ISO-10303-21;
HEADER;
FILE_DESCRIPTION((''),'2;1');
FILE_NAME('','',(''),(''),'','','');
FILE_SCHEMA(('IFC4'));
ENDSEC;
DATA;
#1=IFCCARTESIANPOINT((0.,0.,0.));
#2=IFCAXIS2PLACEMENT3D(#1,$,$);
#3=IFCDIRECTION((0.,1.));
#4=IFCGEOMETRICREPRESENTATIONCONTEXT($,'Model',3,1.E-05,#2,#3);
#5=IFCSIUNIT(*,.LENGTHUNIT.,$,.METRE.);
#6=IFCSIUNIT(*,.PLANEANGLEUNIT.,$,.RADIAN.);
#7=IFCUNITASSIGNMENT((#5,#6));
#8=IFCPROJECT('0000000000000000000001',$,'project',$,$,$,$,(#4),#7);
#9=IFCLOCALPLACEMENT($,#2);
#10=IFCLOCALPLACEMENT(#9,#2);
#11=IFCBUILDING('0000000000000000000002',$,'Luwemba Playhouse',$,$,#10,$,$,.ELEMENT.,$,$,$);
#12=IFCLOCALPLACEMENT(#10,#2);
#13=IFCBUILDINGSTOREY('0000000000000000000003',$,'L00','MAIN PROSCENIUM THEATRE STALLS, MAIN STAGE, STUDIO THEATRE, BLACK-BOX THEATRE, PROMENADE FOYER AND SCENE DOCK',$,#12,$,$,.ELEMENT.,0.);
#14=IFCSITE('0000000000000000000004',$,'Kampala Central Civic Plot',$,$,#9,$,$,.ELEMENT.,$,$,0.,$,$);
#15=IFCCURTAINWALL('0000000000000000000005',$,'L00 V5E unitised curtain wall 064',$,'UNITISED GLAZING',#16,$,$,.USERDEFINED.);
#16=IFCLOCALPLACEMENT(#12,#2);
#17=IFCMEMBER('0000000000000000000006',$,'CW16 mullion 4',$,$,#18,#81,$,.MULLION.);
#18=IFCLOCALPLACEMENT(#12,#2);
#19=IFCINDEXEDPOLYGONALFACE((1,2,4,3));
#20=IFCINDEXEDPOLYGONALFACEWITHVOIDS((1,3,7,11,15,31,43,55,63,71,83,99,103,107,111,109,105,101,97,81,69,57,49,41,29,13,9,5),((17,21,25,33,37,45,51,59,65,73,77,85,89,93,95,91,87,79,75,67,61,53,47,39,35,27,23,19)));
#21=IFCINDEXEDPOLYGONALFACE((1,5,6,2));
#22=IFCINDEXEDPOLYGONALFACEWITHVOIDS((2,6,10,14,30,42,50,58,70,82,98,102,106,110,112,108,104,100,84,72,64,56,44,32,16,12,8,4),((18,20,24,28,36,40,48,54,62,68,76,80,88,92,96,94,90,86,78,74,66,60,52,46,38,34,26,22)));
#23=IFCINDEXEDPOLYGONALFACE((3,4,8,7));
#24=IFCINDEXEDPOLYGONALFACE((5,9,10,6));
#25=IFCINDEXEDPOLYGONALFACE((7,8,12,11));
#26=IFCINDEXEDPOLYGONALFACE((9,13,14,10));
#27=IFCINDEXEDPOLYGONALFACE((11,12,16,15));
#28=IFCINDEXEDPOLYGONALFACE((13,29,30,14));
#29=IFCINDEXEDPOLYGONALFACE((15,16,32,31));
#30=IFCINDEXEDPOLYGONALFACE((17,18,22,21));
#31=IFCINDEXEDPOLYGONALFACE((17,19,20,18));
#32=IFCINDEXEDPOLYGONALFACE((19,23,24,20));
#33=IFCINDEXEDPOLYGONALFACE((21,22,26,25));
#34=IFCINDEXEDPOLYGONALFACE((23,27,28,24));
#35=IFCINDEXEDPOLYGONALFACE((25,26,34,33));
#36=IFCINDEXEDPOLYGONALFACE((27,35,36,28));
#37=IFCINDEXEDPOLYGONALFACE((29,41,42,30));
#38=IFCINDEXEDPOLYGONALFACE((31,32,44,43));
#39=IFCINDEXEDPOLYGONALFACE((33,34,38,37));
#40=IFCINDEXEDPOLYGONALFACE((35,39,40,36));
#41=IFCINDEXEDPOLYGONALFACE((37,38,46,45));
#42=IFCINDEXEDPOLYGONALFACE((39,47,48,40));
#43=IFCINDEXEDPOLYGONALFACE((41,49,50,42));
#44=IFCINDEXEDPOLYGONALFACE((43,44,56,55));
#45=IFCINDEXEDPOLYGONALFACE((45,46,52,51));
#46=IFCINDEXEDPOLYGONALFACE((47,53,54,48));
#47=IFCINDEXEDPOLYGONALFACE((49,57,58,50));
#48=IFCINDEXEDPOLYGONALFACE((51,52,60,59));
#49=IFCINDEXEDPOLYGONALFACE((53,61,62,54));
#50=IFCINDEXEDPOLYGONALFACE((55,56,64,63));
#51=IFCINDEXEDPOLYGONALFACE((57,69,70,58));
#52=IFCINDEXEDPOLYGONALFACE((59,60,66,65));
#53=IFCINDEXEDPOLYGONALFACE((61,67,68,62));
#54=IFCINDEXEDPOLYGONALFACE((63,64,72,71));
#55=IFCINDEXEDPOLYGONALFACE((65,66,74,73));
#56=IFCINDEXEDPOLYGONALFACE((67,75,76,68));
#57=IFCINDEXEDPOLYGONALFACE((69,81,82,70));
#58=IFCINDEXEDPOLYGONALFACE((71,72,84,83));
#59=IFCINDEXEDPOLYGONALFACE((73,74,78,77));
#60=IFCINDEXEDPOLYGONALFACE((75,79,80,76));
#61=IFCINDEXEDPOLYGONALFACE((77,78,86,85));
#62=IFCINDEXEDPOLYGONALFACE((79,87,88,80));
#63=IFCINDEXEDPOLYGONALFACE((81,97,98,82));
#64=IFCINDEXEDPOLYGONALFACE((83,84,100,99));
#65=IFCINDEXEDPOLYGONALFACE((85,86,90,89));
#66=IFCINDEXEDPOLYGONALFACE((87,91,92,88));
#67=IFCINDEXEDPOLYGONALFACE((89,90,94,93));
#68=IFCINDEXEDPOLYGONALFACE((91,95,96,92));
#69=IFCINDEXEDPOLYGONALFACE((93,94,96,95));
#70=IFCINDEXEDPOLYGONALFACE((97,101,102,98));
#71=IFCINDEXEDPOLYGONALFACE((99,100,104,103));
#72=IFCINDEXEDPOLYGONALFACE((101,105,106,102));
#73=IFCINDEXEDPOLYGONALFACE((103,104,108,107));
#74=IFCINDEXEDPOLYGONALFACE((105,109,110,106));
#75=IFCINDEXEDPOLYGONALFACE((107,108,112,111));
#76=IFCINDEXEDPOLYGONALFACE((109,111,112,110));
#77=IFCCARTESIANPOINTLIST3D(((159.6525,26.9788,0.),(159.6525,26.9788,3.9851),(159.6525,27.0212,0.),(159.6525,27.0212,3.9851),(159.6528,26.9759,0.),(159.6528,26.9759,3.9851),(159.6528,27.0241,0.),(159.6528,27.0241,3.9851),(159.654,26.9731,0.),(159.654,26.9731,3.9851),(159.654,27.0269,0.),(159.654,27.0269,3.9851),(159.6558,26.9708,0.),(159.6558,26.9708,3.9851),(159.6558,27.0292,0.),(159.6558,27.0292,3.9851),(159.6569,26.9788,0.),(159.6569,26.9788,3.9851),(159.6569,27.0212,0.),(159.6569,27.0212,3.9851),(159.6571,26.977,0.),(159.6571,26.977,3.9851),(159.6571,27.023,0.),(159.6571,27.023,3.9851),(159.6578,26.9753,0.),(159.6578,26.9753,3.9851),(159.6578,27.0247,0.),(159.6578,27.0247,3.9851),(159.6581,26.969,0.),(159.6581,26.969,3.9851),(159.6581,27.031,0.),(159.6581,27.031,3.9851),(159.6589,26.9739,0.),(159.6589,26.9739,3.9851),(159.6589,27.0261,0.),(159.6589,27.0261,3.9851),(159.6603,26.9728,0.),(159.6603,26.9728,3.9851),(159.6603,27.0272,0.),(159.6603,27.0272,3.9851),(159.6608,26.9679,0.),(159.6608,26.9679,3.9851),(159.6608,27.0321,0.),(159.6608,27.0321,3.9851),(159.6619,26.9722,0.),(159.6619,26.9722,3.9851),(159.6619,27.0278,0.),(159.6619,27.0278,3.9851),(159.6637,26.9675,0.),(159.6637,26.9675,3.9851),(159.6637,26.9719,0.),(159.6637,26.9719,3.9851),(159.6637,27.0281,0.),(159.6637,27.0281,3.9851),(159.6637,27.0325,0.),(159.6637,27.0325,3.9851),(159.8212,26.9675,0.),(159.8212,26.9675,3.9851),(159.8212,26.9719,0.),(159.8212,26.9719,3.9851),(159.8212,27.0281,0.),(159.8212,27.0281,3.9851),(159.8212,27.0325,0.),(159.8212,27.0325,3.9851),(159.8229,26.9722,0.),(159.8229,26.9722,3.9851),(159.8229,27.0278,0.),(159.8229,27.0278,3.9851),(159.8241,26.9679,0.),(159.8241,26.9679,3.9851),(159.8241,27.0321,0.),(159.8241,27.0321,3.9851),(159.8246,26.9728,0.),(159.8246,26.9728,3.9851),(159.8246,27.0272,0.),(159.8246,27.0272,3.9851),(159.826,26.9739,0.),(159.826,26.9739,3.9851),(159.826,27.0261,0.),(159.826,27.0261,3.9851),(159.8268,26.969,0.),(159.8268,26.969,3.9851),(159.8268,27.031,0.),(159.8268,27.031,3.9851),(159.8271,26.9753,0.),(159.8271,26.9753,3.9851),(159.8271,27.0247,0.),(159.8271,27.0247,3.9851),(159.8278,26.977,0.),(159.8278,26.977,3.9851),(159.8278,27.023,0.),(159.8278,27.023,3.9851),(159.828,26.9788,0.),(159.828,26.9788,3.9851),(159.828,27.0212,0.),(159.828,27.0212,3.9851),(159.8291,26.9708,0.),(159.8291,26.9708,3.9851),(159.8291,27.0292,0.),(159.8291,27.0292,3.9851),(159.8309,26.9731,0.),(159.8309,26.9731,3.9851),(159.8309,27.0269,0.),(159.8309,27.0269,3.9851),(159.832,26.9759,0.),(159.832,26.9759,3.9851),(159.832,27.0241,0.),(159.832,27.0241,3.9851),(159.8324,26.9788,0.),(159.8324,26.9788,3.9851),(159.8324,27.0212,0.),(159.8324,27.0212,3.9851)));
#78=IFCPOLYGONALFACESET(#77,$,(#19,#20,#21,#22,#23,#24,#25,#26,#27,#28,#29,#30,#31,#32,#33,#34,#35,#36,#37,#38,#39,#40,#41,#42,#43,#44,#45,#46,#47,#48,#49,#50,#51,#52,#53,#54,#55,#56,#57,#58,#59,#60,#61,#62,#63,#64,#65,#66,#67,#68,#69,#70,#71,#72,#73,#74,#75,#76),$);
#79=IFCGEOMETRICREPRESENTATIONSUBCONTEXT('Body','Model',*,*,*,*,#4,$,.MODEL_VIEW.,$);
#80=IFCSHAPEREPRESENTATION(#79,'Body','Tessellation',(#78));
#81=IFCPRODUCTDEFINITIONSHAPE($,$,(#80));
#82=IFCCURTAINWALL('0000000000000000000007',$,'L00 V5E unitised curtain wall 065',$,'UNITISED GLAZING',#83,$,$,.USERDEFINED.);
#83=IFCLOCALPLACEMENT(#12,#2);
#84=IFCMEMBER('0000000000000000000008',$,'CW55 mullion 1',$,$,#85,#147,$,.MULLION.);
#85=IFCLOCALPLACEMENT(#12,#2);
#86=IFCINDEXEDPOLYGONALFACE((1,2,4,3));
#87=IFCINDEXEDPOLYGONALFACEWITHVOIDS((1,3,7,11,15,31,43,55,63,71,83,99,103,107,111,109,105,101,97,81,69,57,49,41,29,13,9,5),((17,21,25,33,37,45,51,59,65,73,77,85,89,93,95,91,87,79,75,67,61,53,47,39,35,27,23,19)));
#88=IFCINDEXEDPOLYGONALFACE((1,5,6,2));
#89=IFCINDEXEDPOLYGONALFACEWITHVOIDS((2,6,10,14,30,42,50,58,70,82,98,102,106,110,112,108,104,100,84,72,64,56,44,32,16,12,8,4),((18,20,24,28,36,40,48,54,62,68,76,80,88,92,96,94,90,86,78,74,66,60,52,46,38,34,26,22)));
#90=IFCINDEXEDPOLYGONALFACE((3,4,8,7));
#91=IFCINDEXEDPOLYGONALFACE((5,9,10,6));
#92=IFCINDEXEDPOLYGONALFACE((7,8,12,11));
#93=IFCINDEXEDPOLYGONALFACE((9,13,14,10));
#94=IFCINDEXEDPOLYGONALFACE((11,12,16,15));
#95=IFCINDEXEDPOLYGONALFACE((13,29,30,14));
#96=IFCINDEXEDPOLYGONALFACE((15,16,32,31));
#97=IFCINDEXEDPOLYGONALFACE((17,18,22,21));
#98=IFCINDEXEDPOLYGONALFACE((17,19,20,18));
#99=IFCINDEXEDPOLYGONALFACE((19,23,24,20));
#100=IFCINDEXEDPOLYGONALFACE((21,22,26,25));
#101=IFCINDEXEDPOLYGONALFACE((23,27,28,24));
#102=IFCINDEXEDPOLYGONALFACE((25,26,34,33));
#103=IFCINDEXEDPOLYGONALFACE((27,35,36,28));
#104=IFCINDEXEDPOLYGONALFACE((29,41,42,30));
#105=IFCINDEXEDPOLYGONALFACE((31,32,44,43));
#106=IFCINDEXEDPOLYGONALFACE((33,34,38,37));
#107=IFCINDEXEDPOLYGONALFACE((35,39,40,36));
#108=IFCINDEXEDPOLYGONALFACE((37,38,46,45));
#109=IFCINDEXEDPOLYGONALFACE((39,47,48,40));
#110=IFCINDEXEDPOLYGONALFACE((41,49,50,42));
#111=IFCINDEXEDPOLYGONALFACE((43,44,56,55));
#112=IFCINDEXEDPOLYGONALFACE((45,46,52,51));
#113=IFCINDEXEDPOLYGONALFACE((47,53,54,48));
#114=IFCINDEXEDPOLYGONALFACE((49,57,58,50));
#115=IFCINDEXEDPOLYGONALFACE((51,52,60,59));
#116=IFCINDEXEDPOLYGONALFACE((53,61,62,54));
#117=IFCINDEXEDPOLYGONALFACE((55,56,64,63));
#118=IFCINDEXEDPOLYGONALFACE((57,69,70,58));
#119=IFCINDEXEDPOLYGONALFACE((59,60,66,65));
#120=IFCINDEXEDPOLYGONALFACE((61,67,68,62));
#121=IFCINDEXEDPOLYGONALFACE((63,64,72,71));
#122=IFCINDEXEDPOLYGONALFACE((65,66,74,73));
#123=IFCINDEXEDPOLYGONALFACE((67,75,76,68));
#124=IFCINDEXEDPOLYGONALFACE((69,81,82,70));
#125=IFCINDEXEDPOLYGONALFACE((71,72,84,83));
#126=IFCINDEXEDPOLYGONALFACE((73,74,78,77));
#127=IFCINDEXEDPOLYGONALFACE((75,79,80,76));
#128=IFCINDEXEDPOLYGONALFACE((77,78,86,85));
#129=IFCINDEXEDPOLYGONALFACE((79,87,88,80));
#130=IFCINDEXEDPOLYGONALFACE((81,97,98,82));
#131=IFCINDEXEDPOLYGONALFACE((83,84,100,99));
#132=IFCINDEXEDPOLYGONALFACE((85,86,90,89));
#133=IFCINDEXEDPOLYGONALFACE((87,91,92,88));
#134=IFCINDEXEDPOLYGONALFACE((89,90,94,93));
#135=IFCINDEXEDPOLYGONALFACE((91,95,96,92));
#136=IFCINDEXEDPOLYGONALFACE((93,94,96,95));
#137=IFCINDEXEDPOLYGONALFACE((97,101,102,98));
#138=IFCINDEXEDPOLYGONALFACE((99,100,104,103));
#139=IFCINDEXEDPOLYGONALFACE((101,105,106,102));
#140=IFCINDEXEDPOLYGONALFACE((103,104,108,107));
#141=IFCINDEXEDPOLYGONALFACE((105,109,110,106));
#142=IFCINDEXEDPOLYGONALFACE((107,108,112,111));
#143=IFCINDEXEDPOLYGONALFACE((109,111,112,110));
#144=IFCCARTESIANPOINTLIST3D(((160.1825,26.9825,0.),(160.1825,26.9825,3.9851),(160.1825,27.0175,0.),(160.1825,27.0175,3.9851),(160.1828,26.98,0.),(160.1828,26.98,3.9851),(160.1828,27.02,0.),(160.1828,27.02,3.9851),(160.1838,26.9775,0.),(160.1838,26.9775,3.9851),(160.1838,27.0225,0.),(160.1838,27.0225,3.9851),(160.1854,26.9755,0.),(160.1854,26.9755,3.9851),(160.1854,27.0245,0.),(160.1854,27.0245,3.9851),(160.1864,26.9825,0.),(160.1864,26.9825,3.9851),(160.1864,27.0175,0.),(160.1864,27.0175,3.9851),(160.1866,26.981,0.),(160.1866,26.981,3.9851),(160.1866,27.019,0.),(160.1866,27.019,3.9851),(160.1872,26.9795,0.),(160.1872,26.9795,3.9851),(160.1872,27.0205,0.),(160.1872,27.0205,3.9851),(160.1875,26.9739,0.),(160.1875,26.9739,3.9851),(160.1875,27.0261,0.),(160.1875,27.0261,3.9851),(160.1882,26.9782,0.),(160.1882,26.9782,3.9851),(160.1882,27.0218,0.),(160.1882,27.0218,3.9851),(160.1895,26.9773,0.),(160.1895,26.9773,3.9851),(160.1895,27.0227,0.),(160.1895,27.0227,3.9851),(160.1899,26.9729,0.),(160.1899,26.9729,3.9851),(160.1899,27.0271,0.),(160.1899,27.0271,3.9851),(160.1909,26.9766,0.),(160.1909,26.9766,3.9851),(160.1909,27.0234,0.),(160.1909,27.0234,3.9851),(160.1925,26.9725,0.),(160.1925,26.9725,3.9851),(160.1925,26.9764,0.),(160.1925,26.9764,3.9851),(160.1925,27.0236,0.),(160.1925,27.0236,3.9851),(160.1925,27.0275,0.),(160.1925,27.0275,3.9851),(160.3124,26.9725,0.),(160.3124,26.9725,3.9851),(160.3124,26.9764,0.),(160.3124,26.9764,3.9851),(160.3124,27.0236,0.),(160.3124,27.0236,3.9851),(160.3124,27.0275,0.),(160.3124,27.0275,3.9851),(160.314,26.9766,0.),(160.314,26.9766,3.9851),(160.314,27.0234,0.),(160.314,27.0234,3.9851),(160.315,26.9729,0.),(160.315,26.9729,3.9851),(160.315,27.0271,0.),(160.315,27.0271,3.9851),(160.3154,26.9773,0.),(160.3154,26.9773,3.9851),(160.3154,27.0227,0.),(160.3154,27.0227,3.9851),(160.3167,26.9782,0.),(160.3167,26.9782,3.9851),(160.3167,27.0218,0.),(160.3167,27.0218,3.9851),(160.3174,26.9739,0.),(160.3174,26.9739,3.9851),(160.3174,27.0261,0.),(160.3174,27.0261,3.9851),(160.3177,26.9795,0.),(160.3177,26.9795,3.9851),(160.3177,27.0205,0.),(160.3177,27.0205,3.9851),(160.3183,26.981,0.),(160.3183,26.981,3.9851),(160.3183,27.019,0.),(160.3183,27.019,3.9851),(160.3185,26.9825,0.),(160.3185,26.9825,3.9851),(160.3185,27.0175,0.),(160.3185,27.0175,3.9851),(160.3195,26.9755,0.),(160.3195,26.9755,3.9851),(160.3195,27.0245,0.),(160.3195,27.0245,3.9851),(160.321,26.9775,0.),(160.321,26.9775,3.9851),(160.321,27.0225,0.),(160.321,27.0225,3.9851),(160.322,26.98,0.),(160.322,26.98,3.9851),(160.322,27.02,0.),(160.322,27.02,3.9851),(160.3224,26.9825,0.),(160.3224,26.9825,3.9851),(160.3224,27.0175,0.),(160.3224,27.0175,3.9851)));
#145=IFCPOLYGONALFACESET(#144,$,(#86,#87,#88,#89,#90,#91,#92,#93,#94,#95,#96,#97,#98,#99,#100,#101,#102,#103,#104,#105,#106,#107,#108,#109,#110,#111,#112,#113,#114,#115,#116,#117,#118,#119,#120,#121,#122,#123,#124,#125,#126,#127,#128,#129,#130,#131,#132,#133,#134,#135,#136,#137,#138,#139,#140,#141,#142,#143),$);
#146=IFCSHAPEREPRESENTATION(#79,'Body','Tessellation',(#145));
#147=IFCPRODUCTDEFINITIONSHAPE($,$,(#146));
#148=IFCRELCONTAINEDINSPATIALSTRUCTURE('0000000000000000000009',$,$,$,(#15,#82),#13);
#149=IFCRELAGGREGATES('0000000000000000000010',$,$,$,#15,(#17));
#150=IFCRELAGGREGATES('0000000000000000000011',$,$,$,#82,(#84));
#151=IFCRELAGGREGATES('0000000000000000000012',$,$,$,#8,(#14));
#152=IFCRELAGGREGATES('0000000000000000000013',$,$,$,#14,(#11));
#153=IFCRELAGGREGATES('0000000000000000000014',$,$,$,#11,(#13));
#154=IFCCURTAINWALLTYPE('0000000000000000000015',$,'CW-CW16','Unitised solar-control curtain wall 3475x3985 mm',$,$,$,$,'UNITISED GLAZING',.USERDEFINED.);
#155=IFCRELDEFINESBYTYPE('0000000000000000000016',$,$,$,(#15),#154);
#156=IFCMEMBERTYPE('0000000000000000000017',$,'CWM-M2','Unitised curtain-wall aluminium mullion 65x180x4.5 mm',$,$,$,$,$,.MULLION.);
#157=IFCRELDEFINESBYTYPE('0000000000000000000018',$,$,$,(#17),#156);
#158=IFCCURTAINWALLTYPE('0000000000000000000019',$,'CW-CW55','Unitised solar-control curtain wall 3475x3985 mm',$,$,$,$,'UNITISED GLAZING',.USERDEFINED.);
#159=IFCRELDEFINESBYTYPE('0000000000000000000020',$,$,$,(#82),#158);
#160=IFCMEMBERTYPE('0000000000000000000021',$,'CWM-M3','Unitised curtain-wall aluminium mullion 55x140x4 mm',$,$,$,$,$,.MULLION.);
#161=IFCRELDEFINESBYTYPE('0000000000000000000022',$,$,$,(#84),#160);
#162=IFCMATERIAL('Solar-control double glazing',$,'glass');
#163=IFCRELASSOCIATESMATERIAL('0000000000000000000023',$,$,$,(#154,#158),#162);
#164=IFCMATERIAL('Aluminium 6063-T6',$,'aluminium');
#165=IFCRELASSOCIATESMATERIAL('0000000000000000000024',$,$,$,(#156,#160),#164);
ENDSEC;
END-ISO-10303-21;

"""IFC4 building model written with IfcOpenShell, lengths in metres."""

from ifc_helpers import new_model, si_unit, direction, frame, origin, origin_2d, place, context, subcontext, project, spatial, hollow_rectangle, extrude, material, material_profile, profile_set, type_object, element, aggregate, save


model = new_model("IFC4")

# Units and contexts
model_context = context("Model", 3, precision=1e-05, world=origin(), true_north=direction((0.0, 1.0)))
body_context = subcontext(model_context, "Body", "Model", "MODEL_VIEW")
ifc_project = project(units=[si_unit("LENGTHUNIT", "METRE"), si_unit("PLANEANGLEUNIT", "RADIAN")], contexts=[model_context])

# Site, building, storey
site_placement = place(None, origin())
site = spatial("IfcSite", under=ifc_project, at=site_placement, Name="Kampala Central Civic Plot", CompositionType="ELEMENT", RefElevation=0.0)
building_placement = place(site_placement, origin())
building = spatial("IfcBuilding", under=site, at=building_placement, Name="Luwemba Playhouse", CompositionType="ELEMENT")
storey_placement = place(building_placement, origin())
storey = spatial("IfcBuildingStorey", under=building, at=storey_placement, Name="L00", Description="MAIN PROSCENIUM THEATRE STALLS, MAIN STAGE, STUDIO THEATRE, BLACK-BOX THEATRE, PROMENADE FOYER AND SCENE DOCK", CompositionType="ELEMENT", Elevation=0.0)

# Shared definitions
ifc_material_1 = material(Name="Solar-control double glazing", Category="glass")
ifc_material_2 = material(Name="Aluminium 6063-T6", Category="aluminium")

# Curtain wall, member
curtain_wall_type_1 = type_object("IfcCurtainWallType", Name="CW-CW16", Description="Unitised solar-control curtain wall 3475x3985 mm", ElementType="UNITISED GLAZING", PredefinedType="USERDEFINED", material=ifc_material_1)
curtain_wall_1_placement = place(storey_placement, origin())
curtain_wall_1 = element("IfcCurtainWall", 1, at=curtain_wall_1_placement, inside=storey, type_object=curtain_wall_type_1, Name="L00 V5E unitised curtain wall 064", ObjectType="UNITISED GLAZING", PredefinedType="USERDEFINED")
ifc_material_profile_1 = material_profile(ifc_material_2, hollow_rectangle(XDim=0.0649, YDim=0.1799, WallThickness=0.0044, InnerFilletRadius=0.0068, OuterFilletRadius=0.0112, at=origin_2d()))
ifc_profile_set_1 = profile_set([ifc_material_profile_1], Name="Aluminium 6063-T6")
member_type_1 = type_object("IfcMemberType", Name="CWM-M2", Description="Unitised curtain-wall aluminium mullion 65x180x4.5 mm", PredefinedType="MULLION", material=ifc_profile_set_1)
member_1_placement = place(storey_placement, frame((159.7424, 27.0, 0.0), z_axis=(0.0, 0.0, 1.0), x_axis=(0.0, 1.0, 0.0)))
member_1 = element("IfcMember", 2, at=member_1_placement, type_object=member_type_1, Name="CW16 mullion 4", PredefinedType="MULLION", context=body_context, shape_type="SweptSolid", body=[
    extrude(hollow_rectangle(XDim=0.0649, YDim=0.1799, WallThickness=0.0044, InnerFilletRadius=0.0068, OuterFilletRadius=0.0112, at=origin_2d()), origin(), (0.0, 0.0, 1.0), 3.9851),
])

# Curtain wall, member
curtain_wall_type_2 = type_object("IfcCurtainWallType", Name="CW-CW55", Description="Unitised solar-control curtain wall 3475x3985 mm", ElementType="UNITISED GLAZING", PredefinedType="USERDEFINED", material=ifc_material_1)
curtain_wall_2_placement = place(storey_placement, origin())
curtain_wall_2 = element("IfcCurtainWall", 3, at=curtain_wall_2_placement, inside=storey, type_object=curtain_wall_type_2, Name="L00 V5E unitised curtain wall 065", ObjectType="UNITISED GLAZING", PredefinedType="USERDEFINED")
ifc_material_profile_2 = material_profile(ifc_material_2, hollow_rectangle(XDim=0.0549, YDim=0.1399, WallThickness=0.0039, InnerFilletRadius=0.0061, OuterFilletRadius=0.01, at=origin_2d()))
ifc_profile_set_2 = profile_set([ifc_material_profile_2], Name="Aluminium 6063-T6")
member_type_2 = type_object("IfcMemberType", Name="CWM-M3", Description="Unitised curtain-wall aluminium mullion 55x140x4 mm", PredefinedType="MULLION", material=ifc_profile_set_2)
member_2_placement = place(storey_placement, frame((160.2524, 27.0, 0.0), z_axis=(0.0, 0.0, 1.0), x_axis=(0.0, 1.0, 0.0)))
member_2 = element("IfcMember", 4, at=member_2_placement, type_object=member_type_2, Name="CW55 mullion 1", PredefinedType="MULLION", context=body_context, shape_type="SweptSolid", body=[
    extrude(hollow_rectangle(XDim=0.0549, YDim=0.1399, WallThickness=0.0039, InnerFilletRadius=0.0061, OuterFilletRadius=0.01, at=origin_2d()), origin(), (0.0, 0.0, 1.0), 3.9851),
])

aggregate(curtain_wall_1, [member_1])
aggregate(curtain_wall_2, [member_2])

save(model, "model.ifc")
